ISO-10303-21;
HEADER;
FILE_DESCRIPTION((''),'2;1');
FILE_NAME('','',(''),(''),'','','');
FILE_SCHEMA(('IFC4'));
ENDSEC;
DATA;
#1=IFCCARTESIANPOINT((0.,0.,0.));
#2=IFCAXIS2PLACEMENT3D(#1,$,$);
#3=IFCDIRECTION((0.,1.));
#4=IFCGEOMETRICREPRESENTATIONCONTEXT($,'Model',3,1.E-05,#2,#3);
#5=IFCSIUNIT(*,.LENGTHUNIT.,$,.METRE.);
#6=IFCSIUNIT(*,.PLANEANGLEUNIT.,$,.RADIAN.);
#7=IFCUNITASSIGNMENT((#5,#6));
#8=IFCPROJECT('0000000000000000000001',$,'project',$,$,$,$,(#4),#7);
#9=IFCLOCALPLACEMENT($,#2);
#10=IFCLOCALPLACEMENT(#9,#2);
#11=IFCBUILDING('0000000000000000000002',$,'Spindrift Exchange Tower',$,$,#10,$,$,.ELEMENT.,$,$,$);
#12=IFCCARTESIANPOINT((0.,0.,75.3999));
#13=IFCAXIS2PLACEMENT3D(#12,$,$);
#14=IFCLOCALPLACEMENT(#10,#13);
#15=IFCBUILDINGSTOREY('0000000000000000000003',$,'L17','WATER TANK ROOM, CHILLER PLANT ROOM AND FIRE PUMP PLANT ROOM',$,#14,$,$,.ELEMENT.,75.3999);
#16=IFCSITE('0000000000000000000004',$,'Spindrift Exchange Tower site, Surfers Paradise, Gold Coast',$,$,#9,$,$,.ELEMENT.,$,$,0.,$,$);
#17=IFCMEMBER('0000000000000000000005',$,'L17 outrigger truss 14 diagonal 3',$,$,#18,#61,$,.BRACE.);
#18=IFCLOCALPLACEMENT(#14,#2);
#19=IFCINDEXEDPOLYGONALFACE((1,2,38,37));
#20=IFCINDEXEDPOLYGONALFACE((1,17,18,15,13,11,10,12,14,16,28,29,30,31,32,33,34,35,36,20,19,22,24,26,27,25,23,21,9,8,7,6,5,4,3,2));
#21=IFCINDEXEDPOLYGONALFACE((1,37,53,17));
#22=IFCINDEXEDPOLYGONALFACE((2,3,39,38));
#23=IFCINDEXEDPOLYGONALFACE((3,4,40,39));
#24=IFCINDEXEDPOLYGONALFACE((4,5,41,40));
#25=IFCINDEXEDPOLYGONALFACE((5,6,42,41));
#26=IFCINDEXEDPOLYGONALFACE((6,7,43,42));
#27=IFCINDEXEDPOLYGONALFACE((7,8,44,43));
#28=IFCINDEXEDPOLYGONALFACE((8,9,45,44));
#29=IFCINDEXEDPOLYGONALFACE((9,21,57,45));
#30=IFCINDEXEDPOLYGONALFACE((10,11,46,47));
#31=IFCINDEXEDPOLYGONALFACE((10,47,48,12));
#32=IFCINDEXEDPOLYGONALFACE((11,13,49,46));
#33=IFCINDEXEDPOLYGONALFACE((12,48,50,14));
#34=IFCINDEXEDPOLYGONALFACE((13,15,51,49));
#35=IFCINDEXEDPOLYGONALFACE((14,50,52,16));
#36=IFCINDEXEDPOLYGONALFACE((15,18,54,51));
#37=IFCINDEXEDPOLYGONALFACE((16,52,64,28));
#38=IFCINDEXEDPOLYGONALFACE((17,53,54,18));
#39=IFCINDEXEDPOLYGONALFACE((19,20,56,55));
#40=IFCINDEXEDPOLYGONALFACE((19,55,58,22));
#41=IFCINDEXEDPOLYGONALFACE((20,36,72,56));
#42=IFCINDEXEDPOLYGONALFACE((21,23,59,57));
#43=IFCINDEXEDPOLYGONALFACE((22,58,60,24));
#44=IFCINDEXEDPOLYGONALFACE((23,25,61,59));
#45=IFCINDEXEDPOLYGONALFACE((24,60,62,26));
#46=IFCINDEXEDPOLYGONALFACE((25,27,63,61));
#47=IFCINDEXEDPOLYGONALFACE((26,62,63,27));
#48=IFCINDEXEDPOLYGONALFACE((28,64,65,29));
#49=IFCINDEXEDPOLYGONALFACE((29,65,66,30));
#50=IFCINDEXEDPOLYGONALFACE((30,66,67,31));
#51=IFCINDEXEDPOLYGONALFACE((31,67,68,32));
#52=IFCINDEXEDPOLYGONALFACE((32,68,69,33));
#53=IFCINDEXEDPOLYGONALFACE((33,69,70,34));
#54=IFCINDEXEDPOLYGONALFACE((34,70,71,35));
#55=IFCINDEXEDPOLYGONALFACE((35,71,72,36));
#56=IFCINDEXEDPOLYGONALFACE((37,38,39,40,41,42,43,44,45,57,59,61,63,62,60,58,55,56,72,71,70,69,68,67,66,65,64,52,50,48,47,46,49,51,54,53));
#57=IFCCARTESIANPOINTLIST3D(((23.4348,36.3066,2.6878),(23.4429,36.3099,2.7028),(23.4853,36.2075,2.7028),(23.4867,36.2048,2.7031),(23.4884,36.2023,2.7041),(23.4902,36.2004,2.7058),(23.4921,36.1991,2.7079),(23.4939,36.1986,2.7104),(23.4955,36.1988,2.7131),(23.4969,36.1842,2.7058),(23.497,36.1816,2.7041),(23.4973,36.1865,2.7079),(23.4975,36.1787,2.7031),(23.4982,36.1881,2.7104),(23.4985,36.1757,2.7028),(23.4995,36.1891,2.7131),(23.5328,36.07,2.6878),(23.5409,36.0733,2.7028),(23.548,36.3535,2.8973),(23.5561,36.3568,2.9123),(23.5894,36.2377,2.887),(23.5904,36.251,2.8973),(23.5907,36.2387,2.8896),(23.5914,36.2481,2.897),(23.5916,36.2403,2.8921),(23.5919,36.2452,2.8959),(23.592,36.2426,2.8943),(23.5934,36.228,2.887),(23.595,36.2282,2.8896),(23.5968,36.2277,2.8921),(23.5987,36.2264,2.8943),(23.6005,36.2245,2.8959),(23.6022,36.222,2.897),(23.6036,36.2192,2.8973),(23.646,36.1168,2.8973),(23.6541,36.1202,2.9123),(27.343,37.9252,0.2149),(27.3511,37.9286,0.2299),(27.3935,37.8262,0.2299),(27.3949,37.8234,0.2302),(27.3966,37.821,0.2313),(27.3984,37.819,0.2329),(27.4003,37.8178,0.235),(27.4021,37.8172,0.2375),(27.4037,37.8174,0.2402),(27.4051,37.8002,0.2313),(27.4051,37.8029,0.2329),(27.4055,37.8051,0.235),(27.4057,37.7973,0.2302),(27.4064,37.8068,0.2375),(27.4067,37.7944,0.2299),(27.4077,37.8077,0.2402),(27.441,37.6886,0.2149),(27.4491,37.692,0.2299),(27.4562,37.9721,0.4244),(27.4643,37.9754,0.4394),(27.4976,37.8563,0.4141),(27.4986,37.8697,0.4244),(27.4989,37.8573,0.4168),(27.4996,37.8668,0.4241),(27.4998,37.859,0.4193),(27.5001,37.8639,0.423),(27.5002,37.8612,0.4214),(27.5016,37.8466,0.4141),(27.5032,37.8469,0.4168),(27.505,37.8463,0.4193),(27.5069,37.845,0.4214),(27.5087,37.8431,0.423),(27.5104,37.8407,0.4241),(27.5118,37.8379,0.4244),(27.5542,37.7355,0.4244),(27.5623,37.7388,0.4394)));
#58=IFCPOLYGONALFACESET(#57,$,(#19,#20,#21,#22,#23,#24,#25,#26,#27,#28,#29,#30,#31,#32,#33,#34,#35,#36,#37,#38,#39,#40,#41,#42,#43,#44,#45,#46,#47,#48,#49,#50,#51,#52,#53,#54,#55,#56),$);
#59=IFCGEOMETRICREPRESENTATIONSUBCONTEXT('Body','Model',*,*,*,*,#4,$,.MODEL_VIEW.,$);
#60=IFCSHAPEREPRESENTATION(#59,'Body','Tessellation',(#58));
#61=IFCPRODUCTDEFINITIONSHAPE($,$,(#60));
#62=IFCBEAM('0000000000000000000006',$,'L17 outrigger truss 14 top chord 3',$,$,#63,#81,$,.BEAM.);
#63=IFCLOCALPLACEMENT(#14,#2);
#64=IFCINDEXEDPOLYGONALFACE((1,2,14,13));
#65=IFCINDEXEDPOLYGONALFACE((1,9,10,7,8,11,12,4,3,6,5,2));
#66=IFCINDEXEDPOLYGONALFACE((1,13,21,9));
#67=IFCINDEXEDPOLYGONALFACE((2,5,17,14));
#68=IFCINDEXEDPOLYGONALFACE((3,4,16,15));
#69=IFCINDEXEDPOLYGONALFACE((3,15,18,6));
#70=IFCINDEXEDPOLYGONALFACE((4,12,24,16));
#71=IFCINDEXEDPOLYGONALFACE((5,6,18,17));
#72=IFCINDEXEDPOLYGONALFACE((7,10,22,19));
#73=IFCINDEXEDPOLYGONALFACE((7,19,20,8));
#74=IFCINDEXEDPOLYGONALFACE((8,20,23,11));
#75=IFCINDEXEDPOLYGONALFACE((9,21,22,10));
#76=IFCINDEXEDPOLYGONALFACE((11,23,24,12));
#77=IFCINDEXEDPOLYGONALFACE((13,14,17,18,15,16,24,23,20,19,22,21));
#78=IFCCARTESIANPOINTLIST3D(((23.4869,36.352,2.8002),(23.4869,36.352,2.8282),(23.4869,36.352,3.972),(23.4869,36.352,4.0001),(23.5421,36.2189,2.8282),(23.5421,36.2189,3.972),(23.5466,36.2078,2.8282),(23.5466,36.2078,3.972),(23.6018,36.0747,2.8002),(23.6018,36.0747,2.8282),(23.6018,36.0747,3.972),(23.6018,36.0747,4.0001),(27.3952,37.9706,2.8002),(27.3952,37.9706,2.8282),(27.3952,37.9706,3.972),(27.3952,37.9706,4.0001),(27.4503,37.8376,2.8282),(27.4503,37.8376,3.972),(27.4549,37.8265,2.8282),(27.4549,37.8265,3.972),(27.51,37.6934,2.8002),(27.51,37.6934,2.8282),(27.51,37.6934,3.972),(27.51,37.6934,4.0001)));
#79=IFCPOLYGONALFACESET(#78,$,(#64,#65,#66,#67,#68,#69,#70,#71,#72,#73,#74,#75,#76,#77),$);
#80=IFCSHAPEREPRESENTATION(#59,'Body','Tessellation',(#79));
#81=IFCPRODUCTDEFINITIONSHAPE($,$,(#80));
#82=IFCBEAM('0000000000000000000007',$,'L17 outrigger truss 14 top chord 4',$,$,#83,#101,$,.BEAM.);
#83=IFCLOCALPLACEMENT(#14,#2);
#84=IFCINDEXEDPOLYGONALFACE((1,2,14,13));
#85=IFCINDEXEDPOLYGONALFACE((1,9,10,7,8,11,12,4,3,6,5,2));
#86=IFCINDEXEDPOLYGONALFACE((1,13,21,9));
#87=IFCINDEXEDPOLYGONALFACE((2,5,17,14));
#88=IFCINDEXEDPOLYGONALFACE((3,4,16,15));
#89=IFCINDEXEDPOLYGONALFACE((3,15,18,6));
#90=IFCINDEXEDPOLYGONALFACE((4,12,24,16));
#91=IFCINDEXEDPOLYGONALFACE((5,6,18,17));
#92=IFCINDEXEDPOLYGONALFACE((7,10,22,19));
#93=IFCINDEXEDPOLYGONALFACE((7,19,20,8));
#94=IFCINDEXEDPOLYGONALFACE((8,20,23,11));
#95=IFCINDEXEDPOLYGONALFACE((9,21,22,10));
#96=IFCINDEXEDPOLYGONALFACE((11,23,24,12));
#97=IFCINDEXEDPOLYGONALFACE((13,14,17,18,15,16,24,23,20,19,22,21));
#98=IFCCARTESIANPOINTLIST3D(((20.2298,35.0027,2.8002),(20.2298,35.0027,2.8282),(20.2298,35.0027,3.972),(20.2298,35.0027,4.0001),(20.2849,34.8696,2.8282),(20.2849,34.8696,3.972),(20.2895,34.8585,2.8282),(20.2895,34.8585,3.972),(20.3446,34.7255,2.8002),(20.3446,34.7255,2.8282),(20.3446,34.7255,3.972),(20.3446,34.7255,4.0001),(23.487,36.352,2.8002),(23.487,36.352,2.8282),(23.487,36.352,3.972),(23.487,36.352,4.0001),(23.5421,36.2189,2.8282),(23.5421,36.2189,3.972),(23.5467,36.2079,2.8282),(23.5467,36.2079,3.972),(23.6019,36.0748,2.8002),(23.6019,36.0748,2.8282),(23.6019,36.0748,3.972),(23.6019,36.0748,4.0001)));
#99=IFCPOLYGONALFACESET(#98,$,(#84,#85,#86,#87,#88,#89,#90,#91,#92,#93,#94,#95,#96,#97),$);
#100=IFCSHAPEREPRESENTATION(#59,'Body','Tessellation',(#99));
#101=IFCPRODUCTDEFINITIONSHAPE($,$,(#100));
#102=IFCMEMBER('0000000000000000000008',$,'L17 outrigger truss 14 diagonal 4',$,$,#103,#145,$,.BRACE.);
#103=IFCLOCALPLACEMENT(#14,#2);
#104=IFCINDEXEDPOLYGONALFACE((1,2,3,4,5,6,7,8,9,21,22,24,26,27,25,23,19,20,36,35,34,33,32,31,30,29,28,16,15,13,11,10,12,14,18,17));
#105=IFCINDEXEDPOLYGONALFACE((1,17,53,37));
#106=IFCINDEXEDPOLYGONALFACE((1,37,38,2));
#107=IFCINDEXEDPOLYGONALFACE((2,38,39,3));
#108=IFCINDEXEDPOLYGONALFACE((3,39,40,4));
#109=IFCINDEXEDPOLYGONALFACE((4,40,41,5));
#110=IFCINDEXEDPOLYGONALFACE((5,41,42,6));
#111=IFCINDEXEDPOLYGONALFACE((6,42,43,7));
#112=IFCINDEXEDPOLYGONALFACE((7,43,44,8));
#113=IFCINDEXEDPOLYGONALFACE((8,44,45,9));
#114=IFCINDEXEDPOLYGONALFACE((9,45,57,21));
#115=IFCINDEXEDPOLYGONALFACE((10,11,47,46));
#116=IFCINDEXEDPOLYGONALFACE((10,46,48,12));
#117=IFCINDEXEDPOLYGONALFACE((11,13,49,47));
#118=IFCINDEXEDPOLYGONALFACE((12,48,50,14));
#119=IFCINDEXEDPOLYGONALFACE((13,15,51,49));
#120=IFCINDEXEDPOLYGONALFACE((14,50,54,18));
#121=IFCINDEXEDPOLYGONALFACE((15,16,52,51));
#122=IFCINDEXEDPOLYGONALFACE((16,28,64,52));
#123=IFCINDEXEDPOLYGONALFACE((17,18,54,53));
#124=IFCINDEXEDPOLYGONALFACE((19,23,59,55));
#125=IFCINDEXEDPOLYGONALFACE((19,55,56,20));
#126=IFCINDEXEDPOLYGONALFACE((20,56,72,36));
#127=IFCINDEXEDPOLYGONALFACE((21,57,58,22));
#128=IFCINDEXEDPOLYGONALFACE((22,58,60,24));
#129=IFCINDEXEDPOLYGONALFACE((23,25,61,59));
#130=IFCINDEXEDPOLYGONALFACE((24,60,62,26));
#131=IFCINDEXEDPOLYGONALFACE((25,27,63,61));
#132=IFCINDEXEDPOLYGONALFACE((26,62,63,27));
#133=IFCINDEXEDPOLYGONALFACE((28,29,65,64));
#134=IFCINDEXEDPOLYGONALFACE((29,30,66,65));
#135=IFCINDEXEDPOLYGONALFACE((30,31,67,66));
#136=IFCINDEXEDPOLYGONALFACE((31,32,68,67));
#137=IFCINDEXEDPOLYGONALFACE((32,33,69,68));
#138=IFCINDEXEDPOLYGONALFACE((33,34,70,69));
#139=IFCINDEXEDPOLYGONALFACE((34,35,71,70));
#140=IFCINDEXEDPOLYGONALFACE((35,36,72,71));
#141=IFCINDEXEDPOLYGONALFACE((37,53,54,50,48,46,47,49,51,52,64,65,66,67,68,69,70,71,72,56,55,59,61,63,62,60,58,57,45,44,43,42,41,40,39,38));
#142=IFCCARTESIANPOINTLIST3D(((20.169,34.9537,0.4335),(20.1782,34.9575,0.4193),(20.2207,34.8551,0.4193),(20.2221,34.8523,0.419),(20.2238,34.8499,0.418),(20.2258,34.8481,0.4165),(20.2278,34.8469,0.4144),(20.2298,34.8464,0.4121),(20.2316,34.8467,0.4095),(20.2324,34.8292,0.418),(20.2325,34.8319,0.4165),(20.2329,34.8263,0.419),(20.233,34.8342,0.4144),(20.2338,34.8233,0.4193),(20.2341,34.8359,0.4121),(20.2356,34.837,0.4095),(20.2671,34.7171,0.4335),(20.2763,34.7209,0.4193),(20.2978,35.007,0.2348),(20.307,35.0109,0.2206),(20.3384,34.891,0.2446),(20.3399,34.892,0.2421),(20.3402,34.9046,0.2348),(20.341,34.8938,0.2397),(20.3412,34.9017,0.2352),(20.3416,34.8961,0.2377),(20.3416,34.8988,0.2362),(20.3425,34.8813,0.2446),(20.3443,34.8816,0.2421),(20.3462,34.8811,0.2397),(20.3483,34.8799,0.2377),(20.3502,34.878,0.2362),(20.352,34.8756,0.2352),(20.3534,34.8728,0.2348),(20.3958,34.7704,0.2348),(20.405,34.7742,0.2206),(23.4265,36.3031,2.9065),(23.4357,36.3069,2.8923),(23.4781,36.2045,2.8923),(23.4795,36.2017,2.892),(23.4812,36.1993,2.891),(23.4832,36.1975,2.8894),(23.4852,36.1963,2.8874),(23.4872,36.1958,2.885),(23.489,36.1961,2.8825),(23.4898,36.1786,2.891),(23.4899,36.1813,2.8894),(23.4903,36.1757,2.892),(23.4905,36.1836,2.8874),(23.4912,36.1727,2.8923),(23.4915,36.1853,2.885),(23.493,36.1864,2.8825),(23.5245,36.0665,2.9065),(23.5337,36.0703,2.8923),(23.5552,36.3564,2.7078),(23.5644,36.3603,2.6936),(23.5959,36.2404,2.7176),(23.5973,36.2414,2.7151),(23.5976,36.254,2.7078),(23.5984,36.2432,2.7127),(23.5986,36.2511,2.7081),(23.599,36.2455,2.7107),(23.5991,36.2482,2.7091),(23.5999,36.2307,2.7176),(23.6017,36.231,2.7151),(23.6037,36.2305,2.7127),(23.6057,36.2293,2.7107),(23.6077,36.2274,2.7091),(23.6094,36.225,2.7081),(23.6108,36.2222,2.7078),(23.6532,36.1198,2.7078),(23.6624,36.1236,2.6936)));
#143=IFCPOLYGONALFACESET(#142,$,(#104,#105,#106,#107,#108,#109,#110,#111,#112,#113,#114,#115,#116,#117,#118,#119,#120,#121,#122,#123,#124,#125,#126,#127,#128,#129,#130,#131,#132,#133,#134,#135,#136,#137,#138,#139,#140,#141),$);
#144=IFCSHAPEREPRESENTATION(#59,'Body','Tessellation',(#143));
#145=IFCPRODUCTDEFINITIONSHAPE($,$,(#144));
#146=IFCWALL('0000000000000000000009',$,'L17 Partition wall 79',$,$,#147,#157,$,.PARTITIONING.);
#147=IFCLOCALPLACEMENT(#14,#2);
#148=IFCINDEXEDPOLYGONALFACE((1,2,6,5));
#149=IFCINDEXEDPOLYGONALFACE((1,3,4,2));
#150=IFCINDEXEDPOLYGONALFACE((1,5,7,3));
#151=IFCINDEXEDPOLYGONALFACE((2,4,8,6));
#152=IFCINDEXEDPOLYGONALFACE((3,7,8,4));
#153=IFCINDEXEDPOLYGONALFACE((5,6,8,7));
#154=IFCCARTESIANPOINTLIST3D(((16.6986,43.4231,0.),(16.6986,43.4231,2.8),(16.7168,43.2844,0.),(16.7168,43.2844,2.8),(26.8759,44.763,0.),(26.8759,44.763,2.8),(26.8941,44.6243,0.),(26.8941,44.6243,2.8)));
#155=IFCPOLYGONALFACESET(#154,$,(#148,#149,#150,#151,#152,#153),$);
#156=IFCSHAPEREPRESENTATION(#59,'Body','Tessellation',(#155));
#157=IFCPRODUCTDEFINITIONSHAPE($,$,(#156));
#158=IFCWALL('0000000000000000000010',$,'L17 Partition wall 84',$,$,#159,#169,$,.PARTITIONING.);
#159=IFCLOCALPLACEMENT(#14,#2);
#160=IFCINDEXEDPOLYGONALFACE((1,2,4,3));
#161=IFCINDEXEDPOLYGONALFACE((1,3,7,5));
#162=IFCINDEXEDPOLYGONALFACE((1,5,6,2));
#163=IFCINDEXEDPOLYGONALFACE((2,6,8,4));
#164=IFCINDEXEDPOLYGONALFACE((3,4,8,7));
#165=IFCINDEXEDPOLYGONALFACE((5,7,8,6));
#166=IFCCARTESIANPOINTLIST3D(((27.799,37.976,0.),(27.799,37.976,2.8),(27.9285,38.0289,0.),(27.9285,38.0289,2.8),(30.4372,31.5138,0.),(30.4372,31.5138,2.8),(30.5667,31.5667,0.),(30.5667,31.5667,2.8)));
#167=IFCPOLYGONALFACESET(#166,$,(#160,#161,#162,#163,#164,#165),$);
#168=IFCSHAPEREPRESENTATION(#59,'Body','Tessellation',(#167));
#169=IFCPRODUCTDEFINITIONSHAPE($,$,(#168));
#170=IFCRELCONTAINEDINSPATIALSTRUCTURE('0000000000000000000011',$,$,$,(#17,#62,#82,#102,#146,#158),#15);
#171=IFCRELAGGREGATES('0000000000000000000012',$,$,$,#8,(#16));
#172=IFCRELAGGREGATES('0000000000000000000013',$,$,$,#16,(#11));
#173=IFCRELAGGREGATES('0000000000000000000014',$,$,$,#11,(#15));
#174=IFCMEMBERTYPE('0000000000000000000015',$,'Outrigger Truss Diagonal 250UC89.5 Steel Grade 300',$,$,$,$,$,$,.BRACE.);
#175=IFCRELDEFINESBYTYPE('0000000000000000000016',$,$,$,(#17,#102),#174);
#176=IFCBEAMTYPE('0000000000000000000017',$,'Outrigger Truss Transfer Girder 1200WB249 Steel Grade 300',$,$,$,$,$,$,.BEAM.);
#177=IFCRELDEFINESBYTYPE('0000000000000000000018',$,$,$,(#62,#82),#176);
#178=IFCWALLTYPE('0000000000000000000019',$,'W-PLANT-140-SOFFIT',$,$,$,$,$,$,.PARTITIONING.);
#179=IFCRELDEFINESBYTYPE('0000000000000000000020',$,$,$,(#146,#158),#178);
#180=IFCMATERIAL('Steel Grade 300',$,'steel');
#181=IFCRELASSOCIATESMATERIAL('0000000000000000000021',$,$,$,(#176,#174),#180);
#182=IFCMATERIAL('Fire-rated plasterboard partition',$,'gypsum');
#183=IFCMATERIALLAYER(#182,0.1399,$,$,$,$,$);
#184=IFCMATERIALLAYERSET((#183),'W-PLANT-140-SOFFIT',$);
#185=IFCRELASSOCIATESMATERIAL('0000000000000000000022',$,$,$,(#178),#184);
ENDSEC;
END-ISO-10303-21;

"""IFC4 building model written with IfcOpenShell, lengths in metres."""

from ifc_helpers import new_model, si_unit, direction, frame, frame_2d, origin, origin_2d, place, context, subcontext, project, spatial, rectangle, i_section, extrude, source, transform, mapped, material, layer, layer_set, material_profile, profile_set, type_object, element, save


model = new_model("IFC4")

# Units and contexts
model_context = context("Model", 3, precision=1e-05, world=origin(), true_north=direction((0.0, 1.0)))
body_context = subcontext(model_context, "Body", "Model", "MODEL_VIEW")
ifc_project = project(units=[si_unit("LENGTHUNIT", "METRE"), si_unit("PLANEANGLEUNIT", "RADIAN")], contexts=[model_context])

# Site, building, storey
site_placement = place(None, origin())
site = spatial("IfcSite", under=ifc_project, at=site_placement, Name="Spindrift Exchange Tower site, Surfers Paradise, Gold Coast", CompositionType="ELEMENT", RefElevation=0.0)
building_placement = place(site_placement, origin())
building = spatial("IfcBuilding", under=site, at=building_placement, Name="Spindrift Exchange Tower", CompositionType="ELEMENT")
storey_placement = place(building_placement, frame((0.0, 0.0, 75.3999)))
storey = spatial("IfcBuildingStorey", under=building, at=storey_placement, Name="L17", Description="WATER TANK ROOM, CHILLER PLANT ROOM AND FIRE PUMP PLANT ROOM", CompositionType="ELEMENT", Elevation=75.3999)

# Shared definitions
ifc_material_1 = material(Name="Steel Grade 300", Category="steel")
ifc_material_profile_1 = material_profile(ifc_material_1, i_section(OverallWidth=0.3, OverallDepth=1.2, WebThickness=0.012, FlangeThickness=0.0281, at=origin_2d()), Name="1200WB249")
ifc_profile_set_1 = profile_set([ifc_material_profile_1], Name="Steel Grade 300")
beam_type = type_object("IfcBeamType", Name="Outrigger Truss Transfer Girder 1200WB249 Steel Grade 300", PredefinedType="BEAM", material=ifc_profile_set_1)

# Shared definitions
ifc_material_profile_2 = material_profile(ifc_material_1, i_section(OverallWidth=0.2561, OverallDepth=0.26, WebThickness=0.0105, FlangeThickness=0.0173, FilletRadius=0.012, at=origin_2d()), Name="250UC89.5")
ifc_profile_set_2 = profile_set([ifc_material_profile_2], Name="Steel Grade 300")
member_type_1 = type_object("IfcMemberType", Name="Outrigger Truss Diagonal 250UC89.5 Steel Grade 300", PredefinedType="BRACE", material=ifc_profile_set_2)

# Member
shared_shape_1 = source(origin(), body_context, "Body", "SweptSolid", [
    extrude(i_section(OverallWidth=0.2561, OverallDepth=0.26, WebThickness=0.0105, FlangeThickness=0.0173, FilletRadius=0.012, at=origin_2d()), origin(), (0.0, 0.0, 1.0), 4.8999),
])
for number, where, z_axis, x_axis, name in (
    (1, (27.4526, 37.832, 0.3271), (-0.797604, -0.330342, 0.504681), (0.382647, -0.923894, 0.0), "L17 outrigger truss 14 diagonal 3"),
):
    element("IfcMember", number, at=place(storey_placement, frame(where, z_axis=z_axis, x_axis=x_axis)), inside=storey, type_object=member_type_1, Name=name, PredefinedType="BRACE", context=body_context, shape_type="MappedRepresentation", body=[
        mapped(shared_shape_1, transform((0.0, 0.0, 0.0), scale=1.0)),
    ])

# Beams
shared_shape_2 = source(origin(), body_context, "Body", "SweptSolid", [
    extrude(i_section(OverallWidth=0.3, OverallDepth=1.2, WebThickness=0.012, FlangeThickness=0.0281, at=origin_2d()), origin(), (0.0, 0.0, 1.0), 4.2302),
])
beam_1_placement = place(storey_placement, frame((27.4526, 37.832, 3.4001), z_axis=(-0.923894, -0.382647, 0.0), x_axis=(0.382647, -0.923894, 0.0)))
element("IfcBeam", 2, at=beam_1_placement, inside=storey, type_object=beam_type, Name="L17 outrigger truss 14 top chord 3", PredefinedType="BEAM", context=body_context, shape_type="MappedRepresentation", body=[
    mapped(shared_shape_2, transform((0.0, 0.0, 0.0), scale=1.0)),
])
shared_shape_3 = source(origin(), body_context, "Body", "SweptSolid", [
    extrude(i_section(OverallWidth=0.3, OverallDepth=1.2, WebThickness=0.012, FlangeThickness=0.0281, at=origin_2d()), origin(), (0.0, 0.0, 1.0), 3.5256),
])
beam_2_placement = place(storey_placement, frame((23.5444, 36.2134, 3.4001), z_axis=(-0.923866, -0.382717, 0.0), x_axis=(0.382717, -0.923866, 0.0)))
element("IfcBeam", 3, at=beam_2_placement, inside=storey, type_object=beam_type, Name="L17 outrigger truss 14 top chord 4", PredefinedType="BEAM", context=body_context, shape_type="MappedRepresentation", body=[
    mapped(shared_shape_3, transform((0.0, 0.0, 0.0), scale=1.0)),
])

# Member
shared_shape_4 = source(origin(), body_context, "Body", "SweptSolid", [
    extrude(i_section(OverallWidth=0.2561, OverallDepth=0.26, WebThickness=0.0105, FlangeThickness=0.0173, FilletRadius=0.012, at=origin_2d()), origin(), (0.0, 0.0, 1.0), 4.3066),
])
member_1_placement = place(storey_placement, frame((23.5444, 36.2134, 2.8), z_axis=(-0.756369, -0.31333, -0.574221), x_axis=(0.382717, -0.923866, 0.0)))
element("IfcMember", 4, at=member_1_placement, inside=storey, type_object=member_type_1, Name="L17 outrigger truss 14 diagonal 4", PredefinedType="BRACE", context=body_context, shape_type="MappedRepresentation", body=[
    mapped(shared_shape_4, transform((0.0, 0.0, 0.0), scale=1.0)),
])

# Walls
ifc_material_2 = material(Name="Fire-rated plasterboard partition", Category="gypsum")
ifc_layer_1 = layer(ifc_material_2, 0.1399)
ifc_layer_set_1 = layer_set([ifc_layer_1], Name="W-PLANT-140-SOFFIT")
wall_type = type_object("IfcWallType", Name="W-PLANT-140-SOFFIT", PredefinedType="PARTITIONING", material=ifc_layer_set_1)
wall_1_placement = place(storey_placement, frame((26.885, 44.6936, 0.0), z_axis=(0.0, 0.0, 1.0), x_axis=(-0.991445, -0.130525, 0.0)))
element("IfcWall", 5, at=wall_1_placement, inside=storey, type_object=wall_type, Name="L17 Partition wall 79", PredefinedType="PARTITIONING", context=body_context, shape_type="SweptSolid", body=[
    extrude(rectangle(XDim=10.2651, YDim=0.1399, at=frame_2d((5.1326, 0.0))), origin(), (0.0, 0.0, 1.0), 2.8),
])
wall_2_placement = place(storey_placement, frame((27.8638, 38.0024, 0.0), z_axis=(0.0, 0.0, 1.0), x_axis=(0.377967, -0.925819, 0.0)))
element("IfcWall", 6, at=wall_2_placement, inside=storey, type_object=wall_type, Name="L17 Partition wall 84", PredefinedType="PARTITIONING", context=body_context, shape_type="SweptSolid", body=[
    extrude(rectangle(XDim=6.98, YDim=0.1399, at=frame_2d((3.49, 0.0))), origin(), (0.0, 0.0, 1.0), 2.8),
])

save(model, "model.ifc")
